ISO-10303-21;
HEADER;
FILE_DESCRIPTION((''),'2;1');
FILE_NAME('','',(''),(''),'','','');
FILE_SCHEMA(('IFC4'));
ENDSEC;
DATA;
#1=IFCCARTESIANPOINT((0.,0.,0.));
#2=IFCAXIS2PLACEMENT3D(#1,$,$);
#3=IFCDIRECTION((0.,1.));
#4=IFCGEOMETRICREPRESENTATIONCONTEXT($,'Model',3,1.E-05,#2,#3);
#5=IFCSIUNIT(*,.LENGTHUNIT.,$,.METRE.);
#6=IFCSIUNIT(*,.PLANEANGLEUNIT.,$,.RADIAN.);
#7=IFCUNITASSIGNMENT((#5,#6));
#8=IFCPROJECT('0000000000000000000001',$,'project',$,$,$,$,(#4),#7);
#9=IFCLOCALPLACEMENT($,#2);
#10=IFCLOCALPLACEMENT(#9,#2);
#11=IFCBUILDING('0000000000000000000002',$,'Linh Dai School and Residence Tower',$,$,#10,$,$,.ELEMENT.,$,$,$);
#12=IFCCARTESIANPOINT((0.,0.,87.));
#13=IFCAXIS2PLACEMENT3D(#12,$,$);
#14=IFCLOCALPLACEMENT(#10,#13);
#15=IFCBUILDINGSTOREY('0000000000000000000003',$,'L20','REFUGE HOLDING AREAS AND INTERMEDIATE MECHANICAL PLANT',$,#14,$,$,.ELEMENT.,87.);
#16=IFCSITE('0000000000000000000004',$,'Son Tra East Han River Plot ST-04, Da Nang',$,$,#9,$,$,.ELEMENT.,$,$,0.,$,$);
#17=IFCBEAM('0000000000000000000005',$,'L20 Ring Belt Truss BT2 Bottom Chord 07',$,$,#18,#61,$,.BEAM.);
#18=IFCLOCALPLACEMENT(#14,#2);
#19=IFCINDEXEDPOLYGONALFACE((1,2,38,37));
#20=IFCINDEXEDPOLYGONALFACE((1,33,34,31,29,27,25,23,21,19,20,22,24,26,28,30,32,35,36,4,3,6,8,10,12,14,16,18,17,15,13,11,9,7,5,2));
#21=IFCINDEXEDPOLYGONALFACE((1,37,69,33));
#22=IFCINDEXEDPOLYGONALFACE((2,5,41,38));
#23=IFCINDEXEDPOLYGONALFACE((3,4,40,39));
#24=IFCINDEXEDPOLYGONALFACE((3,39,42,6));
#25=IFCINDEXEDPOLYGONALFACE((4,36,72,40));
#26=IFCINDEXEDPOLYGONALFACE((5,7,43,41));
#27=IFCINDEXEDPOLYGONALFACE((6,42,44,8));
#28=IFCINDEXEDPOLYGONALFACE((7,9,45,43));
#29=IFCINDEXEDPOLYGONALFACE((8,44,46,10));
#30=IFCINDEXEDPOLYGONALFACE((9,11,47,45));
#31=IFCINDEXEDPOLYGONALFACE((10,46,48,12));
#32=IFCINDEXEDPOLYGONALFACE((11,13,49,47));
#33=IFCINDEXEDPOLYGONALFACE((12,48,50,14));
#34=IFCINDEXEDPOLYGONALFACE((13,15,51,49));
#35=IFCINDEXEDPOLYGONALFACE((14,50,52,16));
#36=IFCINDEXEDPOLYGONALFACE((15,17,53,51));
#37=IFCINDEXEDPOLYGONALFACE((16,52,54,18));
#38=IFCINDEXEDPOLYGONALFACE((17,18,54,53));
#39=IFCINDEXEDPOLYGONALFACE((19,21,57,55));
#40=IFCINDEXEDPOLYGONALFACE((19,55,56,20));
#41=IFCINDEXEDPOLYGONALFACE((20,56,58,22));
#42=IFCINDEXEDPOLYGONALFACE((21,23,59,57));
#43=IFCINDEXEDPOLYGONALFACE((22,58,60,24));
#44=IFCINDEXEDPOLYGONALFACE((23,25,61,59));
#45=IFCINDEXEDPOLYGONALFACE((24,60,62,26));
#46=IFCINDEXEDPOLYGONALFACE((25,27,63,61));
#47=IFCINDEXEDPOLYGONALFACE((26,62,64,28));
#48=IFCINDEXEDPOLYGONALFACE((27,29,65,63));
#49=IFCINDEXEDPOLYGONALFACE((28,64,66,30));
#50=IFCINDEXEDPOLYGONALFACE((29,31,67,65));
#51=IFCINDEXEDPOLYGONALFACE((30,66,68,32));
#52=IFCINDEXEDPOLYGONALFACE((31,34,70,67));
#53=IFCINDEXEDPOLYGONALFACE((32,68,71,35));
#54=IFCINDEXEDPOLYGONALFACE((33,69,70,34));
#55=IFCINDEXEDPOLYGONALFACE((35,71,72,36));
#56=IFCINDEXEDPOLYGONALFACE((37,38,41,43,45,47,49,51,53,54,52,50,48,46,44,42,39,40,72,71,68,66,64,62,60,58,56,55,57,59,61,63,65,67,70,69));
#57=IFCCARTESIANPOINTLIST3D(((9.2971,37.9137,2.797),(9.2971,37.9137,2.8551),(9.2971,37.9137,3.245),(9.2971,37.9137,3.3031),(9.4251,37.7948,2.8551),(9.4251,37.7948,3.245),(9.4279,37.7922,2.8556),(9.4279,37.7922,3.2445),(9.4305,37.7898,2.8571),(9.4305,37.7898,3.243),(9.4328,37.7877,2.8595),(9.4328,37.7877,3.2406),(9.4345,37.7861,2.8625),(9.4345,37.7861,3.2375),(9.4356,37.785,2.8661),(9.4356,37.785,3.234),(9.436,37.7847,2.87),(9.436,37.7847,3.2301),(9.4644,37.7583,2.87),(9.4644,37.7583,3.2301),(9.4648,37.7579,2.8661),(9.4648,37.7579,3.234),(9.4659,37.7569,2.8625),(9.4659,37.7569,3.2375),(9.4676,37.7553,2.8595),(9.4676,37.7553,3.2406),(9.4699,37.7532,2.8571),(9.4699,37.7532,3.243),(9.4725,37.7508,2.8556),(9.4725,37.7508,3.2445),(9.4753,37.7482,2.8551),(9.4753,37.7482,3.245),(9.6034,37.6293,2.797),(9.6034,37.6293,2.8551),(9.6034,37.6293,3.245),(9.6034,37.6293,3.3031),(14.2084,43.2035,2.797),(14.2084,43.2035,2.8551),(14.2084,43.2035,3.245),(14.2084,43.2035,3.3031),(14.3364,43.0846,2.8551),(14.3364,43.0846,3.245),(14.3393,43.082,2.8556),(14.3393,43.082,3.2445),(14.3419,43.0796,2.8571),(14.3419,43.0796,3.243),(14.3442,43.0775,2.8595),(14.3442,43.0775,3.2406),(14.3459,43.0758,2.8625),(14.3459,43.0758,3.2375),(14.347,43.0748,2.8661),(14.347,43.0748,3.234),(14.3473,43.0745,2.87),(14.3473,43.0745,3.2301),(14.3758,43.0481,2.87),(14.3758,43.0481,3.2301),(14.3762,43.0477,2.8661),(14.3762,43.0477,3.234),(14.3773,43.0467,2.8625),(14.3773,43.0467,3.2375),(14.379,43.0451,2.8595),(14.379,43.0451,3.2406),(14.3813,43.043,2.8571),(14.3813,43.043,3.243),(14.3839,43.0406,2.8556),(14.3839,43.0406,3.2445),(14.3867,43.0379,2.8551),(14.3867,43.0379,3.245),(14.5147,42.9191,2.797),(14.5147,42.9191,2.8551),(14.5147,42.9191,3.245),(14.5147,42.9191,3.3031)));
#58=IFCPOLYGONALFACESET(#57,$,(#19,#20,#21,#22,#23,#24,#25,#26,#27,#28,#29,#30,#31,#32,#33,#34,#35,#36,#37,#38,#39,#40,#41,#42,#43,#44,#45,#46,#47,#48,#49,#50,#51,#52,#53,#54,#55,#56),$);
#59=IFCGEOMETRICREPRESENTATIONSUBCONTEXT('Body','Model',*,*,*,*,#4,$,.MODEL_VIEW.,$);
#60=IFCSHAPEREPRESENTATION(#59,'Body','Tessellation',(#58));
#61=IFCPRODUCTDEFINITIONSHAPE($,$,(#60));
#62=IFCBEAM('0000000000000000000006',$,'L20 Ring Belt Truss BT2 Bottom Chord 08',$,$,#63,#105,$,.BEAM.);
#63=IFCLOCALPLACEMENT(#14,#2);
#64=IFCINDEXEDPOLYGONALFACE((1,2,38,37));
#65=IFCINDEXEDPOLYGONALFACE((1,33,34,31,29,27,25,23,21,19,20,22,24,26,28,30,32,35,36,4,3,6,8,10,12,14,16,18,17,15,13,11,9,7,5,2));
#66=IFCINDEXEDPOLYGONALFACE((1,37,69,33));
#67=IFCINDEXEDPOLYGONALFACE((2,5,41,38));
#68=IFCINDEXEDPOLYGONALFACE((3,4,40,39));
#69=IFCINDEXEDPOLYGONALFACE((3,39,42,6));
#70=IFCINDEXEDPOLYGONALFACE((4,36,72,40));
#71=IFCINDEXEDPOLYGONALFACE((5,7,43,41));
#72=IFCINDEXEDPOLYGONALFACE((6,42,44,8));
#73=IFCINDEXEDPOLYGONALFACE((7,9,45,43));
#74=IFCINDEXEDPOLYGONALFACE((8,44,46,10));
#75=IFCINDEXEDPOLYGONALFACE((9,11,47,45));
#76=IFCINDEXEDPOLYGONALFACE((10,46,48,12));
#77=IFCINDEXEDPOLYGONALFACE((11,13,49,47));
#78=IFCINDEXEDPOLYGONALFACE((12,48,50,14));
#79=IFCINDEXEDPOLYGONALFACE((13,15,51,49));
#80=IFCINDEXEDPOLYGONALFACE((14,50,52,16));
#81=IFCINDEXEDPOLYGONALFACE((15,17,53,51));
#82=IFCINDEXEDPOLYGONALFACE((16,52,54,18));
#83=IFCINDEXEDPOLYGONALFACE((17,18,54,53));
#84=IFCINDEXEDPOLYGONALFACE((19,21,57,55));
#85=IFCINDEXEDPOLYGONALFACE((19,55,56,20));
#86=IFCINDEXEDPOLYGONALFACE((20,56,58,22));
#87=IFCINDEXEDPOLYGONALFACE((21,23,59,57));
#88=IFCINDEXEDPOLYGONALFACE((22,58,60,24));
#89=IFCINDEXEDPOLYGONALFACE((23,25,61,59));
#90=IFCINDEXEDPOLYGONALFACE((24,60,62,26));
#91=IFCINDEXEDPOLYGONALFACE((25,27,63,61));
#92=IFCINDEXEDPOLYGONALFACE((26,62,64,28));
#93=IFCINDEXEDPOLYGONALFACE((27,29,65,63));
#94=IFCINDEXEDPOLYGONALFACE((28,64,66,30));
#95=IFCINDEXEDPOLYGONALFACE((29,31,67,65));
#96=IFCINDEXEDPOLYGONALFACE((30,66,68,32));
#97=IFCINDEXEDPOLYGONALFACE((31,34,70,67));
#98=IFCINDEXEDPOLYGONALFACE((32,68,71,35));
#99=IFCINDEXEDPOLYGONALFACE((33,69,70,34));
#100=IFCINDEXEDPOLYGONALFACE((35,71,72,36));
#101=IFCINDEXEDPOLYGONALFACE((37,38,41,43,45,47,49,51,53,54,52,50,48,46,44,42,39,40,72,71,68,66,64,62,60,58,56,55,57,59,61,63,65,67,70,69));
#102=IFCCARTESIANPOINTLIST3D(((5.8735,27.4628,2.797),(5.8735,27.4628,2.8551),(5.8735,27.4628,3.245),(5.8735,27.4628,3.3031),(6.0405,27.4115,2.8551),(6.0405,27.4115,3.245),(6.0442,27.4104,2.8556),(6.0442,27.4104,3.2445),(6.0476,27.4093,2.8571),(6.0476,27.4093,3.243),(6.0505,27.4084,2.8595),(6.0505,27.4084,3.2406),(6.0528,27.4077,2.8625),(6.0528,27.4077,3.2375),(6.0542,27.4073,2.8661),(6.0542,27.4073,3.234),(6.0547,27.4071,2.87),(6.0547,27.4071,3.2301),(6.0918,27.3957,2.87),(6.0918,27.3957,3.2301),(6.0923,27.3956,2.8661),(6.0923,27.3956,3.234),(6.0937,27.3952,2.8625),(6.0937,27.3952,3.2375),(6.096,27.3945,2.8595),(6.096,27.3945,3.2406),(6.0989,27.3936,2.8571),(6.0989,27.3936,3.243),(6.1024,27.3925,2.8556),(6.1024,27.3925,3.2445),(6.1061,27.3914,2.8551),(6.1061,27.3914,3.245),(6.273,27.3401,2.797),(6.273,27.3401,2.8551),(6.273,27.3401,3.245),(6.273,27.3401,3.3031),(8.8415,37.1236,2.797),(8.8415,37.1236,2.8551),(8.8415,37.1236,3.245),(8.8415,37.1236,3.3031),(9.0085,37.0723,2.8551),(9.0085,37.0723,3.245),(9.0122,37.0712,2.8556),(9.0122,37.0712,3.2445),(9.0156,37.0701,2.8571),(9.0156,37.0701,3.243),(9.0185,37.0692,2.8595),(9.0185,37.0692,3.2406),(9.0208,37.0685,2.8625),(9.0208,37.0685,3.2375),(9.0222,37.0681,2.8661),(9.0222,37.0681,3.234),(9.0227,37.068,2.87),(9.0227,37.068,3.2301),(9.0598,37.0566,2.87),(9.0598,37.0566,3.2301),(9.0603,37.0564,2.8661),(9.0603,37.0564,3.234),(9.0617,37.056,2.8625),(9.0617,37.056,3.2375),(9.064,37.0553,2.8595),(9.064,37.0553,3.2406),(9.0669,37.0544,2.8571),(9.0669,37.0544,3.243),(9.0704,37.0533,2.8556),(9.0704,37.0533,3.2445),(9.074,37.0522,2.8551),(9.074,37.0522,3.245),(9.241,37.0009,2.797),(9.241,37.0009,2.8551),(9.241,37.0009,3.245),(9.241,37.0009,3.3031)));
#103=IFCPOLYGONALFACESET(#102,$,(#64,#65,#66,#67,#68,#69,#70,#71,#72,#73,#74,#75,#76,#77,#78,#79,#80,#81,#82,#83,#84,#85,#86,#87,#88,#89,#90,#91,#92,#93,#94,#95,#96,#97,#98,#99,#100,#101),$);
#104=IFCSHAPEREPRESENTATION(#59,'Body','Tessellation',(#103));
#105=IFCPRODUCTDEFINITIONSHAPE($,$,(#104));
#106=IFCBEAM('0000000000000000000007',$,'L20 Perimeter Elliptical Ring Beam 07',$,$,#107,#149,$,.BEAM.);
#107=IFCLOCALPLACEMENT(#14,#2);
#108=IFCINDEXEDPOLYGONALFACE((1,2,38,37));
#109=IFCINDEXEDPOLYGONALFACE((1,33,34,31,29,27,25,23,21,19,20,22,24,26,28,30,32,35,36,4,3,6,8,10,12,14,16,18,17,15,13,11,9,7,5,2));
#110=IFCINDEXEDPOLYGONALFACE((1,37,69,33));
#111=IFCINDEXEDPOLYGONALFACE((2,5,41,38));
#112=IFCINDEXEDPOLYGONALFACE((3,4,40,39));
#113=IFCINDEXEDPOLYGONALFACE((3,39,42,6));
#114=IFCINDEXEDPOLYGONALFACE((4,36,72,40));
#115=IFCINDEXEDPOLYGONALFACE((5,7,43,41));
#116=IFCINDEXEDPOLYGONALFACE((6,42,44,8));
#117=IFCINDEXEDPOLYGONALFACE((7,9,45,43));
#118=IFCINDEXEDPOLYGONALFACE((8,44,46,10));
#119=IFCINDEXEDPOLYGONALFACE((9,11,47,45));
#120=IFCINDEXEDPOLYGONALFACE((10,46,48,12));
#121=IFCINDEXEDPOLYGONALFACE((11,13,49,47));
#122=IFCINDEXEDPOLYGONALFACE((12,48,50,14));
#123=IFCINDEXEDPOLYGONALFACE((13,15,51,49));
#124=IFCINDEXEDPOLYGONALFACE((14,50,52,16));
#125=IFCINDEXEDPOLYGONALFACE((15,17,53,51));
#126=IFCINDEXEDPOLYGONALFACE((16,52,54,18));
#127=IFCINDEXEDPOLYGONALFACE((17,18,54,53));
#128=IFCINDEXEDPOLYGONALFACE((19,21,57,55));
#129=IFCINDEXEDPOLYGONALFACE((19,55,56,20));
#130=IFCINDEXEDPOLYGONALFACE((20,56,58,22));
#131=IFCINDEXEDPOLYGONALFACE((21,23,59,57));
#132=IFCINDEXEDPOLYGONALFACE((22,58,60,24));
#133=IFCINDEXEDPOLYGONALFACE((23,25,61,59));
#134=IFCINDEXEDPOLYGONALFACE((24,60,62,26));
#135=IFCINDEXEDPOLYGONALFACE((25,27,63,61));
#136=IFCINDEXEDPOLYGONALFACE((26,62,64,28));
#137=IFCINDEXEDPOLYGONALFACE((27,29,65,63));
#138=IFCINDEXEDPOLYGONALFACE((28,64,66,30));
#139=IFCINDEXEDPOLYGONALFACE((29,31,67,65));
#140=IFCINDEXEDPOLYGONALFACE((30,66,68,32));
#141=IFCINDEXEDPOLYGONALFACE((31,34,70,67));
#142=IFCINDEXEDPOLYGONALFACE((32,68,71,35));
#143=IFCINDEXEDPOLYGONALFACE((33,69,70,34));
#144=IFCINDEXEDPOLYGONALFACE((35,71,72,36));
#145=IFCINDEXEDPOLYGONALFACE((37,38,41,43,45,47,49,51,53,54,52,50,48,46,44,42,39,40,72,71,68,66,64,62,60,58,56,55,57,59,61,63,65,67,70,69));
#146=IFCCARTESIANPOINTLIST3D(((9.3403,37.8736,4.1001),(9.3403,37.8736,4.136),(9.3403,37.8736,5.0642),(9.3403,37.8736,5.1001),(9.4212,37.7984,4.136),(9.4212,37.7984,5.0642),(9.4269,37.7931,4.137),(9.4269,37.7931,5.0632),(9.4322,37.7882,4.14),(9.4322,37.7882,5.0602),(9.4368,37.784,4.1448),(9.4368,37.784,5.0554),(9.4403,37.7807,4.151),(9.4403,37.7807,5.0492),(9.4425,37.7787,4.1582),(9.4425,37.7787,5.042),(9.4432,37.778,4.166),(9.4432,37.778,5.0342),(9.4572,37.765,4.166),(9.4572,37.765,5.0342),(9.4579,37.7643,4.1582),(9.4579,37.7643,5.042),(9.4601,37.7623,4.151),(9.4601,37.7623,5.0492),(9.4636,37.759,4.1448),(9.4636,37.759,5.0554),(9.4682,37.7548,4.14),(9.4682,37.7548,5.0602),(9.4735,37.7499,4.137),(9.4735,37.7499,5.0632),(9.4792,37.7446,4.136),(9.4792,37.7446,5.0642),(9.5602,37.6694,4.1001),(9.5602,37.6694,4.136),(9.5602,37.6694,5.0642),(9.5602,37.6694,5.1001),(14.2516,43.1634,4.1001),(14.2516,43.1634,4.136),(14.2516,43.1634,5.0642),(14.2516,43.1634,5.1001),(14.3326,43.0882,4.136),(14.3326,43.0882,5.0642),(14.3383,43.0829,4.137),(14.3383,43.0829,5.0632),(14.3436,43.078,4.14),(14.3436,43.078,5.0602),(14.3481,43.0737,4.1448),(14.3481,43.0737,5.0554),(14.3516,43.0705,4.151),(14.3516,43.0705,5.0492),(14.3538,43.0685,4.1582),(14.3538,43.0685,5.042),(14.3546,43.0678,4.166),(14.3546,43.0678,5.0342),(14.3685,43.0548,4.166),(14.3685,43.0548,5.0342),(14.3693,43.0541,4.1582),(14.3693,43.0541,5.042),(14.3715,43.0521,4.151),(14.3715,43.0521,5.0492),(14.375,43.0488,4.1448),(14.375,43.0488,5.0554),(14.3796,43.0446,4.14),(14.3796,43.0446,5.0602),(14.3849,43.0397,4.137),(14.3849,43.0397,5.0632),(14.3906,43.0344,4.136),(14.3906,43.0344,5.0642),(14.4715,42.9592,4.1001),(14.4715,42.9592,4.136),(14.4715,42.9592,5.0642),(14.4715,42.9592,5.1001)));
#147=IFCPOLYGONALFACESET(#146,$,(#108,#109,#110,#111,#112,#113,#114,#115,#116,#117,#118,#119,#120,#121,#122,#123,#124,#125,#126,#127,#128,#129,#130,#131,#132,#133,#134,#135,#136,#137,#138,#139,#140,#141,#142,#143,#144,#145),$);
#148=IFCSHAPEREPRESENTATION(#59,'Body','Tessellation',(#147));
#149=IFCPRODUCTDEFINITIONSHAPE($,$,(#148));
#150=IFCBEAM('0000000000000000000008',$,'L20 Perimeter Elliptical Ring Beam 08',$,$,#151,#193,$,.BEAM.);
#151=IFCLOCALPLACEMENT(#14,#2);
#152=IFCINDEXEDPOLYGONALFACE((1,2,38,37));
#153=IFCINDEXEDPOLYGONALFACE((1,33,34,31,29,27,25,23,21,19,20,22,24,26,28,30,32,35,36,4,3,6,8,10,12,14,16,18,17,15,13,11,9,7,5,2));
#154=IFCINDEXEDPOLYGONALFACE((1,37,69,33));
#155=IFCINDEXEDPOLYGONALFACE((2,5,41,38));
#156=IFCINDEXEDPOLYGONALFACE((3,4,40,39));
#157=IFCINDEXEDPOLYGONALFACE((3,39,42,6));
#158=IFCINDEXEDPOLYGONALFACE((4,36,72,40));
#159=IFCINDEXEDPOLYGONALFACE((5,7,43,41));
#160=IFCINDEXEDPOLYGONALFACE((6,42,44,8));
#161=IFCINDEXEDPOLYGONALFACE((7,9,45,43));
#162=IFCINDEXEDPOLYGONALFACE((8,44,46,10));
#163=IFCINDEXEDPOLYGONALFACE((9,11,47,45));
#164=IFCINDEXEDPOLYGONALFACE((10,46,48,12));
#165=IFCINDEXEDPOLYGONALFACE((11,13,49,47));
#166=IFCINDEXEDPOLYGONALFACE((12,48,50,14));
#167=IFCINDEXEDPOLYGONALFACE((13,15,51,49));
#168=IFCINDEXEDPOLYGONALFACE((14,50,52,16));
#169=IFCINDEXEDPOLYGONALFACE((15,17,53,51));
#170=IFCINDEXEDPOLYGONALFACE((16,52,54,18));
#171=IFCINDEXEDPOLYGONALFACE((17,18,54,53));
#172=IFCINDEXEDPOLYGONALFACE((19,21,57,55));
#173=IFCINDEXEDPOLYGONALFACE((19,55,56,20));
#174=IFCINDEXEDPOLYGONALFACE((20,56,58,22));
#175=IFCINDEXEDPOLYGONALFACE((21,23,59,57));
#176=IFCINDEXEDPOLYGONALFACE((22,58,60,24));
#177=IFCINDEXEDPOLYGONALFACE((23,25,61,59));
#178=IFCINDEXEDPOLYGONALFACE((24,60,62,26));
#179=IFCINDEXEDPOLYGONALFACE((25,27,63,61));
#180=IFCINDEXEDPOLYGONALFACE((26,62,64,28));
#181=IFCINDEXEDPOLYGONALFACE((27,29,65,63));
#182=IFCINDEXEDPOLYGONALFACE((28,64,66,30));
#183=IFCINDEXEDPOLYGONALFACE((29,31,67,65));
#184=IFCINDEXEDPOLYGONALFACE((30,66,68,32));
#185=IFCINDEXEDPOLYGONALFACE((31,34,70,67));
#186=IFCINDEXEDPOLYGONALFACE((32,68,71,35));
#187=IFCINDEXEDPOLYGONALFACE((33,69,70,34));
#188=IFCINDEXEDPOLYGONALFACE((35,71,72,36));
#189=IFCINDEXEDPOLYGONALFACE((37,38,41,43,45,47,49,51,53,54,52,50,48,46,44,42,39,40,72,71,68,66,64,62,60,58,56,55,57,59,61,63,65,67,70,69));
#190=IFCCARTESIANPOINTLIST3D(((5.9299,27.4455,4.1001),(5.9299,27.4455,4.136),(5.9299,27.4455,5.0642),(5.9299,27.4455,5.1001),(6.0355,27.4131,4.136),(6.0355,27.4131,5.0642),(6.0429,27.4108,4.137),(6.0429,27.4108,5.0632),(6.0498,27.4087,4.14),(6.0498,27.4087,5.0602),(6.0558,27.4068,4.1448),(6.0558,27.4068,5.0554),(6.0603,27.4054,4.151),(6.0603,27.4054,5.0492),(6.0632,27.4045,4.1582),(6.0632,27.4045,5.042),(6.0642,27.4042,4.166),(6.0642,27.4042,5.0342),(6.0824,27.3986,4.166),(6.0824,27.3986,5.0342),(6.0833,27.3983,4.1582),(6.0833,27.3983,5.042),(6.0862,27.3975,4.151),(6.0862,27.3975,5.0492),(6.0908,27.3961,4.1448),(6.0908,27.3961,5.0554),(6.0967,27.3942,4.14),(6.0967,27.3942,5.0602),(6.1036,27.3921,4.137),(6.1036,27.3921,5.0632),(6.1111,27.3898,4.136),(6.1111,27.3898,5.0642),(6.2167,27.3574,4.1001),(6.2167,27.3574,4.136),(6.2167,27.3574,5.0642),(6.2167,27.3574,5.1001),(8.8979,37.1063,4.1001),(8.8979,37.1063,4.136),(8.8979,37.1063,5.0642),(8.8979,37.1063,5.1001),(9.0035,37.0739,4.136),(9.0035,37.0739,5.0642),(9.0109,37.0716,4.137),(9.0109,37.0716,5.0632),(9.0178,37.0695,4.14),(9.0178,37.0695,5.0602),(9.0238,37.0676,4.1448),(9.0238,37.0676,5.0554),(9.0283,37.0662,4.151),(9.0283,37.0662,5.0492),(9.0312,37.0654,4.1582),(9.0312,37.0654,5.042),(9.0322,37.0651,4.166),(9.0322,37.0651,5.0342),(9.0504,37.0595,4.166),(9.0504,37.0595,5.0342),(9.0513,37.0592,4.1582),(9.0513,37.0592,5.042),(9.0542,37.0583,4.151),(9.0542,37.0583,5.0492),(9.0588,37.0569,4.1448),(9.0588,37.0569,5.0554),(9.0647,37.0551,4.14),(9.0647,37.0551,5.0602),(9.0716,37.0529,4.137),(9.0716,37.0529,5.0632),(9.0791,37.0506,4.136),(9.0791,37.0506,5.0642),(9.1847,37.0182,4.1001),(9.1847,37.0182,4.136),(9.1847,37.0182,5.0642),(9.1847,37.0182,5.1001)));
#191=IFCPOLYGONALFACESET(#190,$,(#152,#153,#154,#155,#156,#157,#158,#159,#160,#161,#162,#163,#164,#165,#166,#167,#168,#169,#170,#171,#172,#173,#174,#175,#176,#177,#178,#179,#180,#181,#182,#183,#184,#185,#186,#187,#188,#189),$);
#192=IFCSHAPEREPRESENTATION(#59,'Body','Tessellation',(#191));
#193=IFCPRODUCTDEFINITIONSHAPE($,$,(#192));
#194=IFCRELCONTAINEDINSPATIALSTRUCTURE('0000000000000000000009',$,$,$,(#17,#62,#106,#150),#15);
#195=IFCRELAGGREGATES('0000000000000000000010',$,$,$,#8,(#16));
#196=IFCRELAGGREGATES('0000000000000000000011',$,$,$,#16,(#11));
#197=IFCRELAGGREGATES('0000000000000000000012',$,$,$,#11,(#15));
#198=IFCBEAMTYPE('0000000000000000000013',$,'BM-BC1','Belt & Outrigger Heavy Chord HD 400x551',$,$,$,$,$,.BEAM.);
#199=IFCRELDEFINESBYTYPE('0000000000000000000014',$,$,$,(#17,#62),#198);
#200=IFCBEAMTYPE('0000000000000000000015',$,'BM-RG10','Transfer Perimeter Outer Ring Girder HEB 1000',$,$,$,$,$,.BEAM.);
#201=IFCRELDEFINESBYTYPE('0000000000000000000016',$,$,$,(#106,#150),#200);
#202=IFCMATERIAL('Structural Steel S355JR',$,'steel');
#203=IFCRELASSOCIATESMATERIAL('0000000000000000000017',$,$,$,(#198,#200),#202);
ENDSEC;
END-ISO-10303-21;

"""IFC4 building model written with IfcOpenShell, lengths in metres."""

from ifc_helpers import new_model, si_unit, direction, frame, origin, origin_2d, place, context, subcontext, project, spatial, i_section, extrude, material, material_profile, profile_set, type_object, element, save


model = new_model("IFC4")

# Units and contexts
model_context = context("Model", 3, precision=1e-05, world=origin(), true_north=direction((0.0, 1.0)))
body_context = subcontext(model_context, "Body", "Model", "MODEL_VIEW")
ifc_project = project(units=[si_unit("LENGTHUNIT", "METRE"), si_unit("PLANEANGLEUNIT", "RADIAN")], contexts=[model_context])

# Site, building, storey
site_placement = place(None, origin())
site = spatial("IfcSite", under=ifc_project, at=site_placement, Name="Son Tra East Han River Plot ST-04, Da Nang", CompositionType="ELEMENT", RefElevation=0.0)
building_placement = place(site_placement, origin())
building = spatial("IfcBuilding", under=site, at=building_placement, Name="Linh Dai School and Residence Tower", CompositionType="ELEMENT")
storey_placement = place(building_placement, frame((0.0, 0.0, 87.0)))
storey = spatial("IfcBuildingStorey", under=building, at=storey_placement, Name="L20", Description="REFUGE HOLDING AREAS AND INTERMEDIATE MECHANICAL PLANT", CompositionType="ELEMENT", Elevation=87.0)

# Shared definitions
ifc_material_1 = material(Name="Structural Steel S355JR", Category="steel")

# Beams
ifc_material_profile_1 = material_profile(ifc_material_1, i_section(OverallWidth=0.418, OverallDepth=0.5061, WebThickness=0.0388, FlangeThickness=0.0581, FilletRadius=0.0149, at=origin_2d()), Name="HD 400x551")
ifc_profile_set_1 = profile_set([ifc_material_profile_1], Name="Structural Steel S355JR")
beam_type_1 = type_object("IfcBeamType", Name="BM-BC1", Description="Belt & Outrigger Heavy Chord HD 400x551", PredefinedType="BEAM", material=ifc_profile_set_1)
beam_1_placement = place(storey_placement, frame((14.3616, 43.0613, 3.05), z_axis=(-0.680408, -0.732833, 0.0), x_axis=(0.732833, -0.680408, 0.0)))
element("IfcBeam", 1, at=beam_1_placement, inside=storey, type_object=beam_type_1, Name="L20 Ring Belt Truss BT2 Bottom Chord 07", PredefinedType="BEAM", context=body_context, shape_type="SweptSolid", body=[
    extrude(i_section(OverallWidth=0.418, OverallDepth=0.5061, WebThickness=0.0388, FlangeThickness=0.0581, FilletRadius=0.0149, at=origin_2d()), origin(), (0.0, 0.0, 1.0), 7.2183),
])
beam_2_placement = place(storey_placement, frame((9.0413, 37.0623, 3.05), z_axis=(-0.293673, -0.955906, 0.0), x_axis=(0.955906, -0.293673, 0.0)))
element("IfcBeam", 2, at=beam_2_placement, inside=storey, type_object=beam_type_1, Name="L20 Ring Belt Truss BT2 Bottom Chord 08", PredefinedType="BEAM", context=body_context, shape_type="SweptSolid", body=[
    extrude(i_section(OverallWidth=0.418, OverallDepth=0.5061, WebThickness=0.0388, FlangeThickness=0.0581, FilletRadius=0.0149, at=origin_2d()), origin(), (0.0, 0.0, 1.0), 10.1064),
])
ifc_material_profile_2 = material_profile(ifc_material_1, i_section(OverallWidth=0.3, OverallDepth=1.0, WebThickness=0.019, FlangeThickness=0.0359, FilletRadius=0.03, at=origin_2d()), Name="HEB 1000")
ifc_profile_set_2 = profile_set([ifc_material_profile_2], Name="Structural Steel S355JR")
beam_type_2 = type_object("IfcBeamType", Name="BM-RG10", Description="Transfer Perimeter Outer Ring Girder HEB 1000", PredefinedType="BEAM", material=ifc_profile_set_2)
beam_3_placement = place(storey_placement, frame((14.3616, 43.0613, 4.6001), z_axis=(-0.680408, -0.732833, 0.0), x_axis=(0.732833, -0.680408, 0.0)))
element("IfcBeam", 3, at=beam_3_placement, inside=storey, type_object=beam_type_2, Name="L20 Perimeter Elliptical Ring Beam 07", PredefinedType="BEAM", context=body_context, shape_type="SweptSolid", body=[
    extrude(i_section(OverallWidth=0.3, OverallDepth=1.0, WebThickness=0.019, FlangeThickness=0.0359, FilletRadius=0.03, at=origin_2d()), origin(), (0.0, 0.0, 1.0), 7.2183),
])
beam_4_placement = place(storey_placement, frame((9.0413, 37.0623, 4.6001), z_axis=(-0.293673, -0.955906, 0.0), x_axis=(0.955906, -0.293673, 0.0)))
element("IfcBeam", 4, at=beam_4_placement, inside=storey, type_object=beam_type_2, Name="L20 Perimeter Elliptical Ring Beam 08", PredefinedType="BEAM", context=body_context, shape_type="SweptSolid", body=[
    extrude(i_section(OverallWidth=0.3, OverallDepth=1.0, WebThickness=0.019, FlangeThickness=0.0359, FilletRadius=0.03, at=origin_2d()), origin(), (0.0, 0.0, 1.0), 10.1064),
])

save(model, "model.ifc")
